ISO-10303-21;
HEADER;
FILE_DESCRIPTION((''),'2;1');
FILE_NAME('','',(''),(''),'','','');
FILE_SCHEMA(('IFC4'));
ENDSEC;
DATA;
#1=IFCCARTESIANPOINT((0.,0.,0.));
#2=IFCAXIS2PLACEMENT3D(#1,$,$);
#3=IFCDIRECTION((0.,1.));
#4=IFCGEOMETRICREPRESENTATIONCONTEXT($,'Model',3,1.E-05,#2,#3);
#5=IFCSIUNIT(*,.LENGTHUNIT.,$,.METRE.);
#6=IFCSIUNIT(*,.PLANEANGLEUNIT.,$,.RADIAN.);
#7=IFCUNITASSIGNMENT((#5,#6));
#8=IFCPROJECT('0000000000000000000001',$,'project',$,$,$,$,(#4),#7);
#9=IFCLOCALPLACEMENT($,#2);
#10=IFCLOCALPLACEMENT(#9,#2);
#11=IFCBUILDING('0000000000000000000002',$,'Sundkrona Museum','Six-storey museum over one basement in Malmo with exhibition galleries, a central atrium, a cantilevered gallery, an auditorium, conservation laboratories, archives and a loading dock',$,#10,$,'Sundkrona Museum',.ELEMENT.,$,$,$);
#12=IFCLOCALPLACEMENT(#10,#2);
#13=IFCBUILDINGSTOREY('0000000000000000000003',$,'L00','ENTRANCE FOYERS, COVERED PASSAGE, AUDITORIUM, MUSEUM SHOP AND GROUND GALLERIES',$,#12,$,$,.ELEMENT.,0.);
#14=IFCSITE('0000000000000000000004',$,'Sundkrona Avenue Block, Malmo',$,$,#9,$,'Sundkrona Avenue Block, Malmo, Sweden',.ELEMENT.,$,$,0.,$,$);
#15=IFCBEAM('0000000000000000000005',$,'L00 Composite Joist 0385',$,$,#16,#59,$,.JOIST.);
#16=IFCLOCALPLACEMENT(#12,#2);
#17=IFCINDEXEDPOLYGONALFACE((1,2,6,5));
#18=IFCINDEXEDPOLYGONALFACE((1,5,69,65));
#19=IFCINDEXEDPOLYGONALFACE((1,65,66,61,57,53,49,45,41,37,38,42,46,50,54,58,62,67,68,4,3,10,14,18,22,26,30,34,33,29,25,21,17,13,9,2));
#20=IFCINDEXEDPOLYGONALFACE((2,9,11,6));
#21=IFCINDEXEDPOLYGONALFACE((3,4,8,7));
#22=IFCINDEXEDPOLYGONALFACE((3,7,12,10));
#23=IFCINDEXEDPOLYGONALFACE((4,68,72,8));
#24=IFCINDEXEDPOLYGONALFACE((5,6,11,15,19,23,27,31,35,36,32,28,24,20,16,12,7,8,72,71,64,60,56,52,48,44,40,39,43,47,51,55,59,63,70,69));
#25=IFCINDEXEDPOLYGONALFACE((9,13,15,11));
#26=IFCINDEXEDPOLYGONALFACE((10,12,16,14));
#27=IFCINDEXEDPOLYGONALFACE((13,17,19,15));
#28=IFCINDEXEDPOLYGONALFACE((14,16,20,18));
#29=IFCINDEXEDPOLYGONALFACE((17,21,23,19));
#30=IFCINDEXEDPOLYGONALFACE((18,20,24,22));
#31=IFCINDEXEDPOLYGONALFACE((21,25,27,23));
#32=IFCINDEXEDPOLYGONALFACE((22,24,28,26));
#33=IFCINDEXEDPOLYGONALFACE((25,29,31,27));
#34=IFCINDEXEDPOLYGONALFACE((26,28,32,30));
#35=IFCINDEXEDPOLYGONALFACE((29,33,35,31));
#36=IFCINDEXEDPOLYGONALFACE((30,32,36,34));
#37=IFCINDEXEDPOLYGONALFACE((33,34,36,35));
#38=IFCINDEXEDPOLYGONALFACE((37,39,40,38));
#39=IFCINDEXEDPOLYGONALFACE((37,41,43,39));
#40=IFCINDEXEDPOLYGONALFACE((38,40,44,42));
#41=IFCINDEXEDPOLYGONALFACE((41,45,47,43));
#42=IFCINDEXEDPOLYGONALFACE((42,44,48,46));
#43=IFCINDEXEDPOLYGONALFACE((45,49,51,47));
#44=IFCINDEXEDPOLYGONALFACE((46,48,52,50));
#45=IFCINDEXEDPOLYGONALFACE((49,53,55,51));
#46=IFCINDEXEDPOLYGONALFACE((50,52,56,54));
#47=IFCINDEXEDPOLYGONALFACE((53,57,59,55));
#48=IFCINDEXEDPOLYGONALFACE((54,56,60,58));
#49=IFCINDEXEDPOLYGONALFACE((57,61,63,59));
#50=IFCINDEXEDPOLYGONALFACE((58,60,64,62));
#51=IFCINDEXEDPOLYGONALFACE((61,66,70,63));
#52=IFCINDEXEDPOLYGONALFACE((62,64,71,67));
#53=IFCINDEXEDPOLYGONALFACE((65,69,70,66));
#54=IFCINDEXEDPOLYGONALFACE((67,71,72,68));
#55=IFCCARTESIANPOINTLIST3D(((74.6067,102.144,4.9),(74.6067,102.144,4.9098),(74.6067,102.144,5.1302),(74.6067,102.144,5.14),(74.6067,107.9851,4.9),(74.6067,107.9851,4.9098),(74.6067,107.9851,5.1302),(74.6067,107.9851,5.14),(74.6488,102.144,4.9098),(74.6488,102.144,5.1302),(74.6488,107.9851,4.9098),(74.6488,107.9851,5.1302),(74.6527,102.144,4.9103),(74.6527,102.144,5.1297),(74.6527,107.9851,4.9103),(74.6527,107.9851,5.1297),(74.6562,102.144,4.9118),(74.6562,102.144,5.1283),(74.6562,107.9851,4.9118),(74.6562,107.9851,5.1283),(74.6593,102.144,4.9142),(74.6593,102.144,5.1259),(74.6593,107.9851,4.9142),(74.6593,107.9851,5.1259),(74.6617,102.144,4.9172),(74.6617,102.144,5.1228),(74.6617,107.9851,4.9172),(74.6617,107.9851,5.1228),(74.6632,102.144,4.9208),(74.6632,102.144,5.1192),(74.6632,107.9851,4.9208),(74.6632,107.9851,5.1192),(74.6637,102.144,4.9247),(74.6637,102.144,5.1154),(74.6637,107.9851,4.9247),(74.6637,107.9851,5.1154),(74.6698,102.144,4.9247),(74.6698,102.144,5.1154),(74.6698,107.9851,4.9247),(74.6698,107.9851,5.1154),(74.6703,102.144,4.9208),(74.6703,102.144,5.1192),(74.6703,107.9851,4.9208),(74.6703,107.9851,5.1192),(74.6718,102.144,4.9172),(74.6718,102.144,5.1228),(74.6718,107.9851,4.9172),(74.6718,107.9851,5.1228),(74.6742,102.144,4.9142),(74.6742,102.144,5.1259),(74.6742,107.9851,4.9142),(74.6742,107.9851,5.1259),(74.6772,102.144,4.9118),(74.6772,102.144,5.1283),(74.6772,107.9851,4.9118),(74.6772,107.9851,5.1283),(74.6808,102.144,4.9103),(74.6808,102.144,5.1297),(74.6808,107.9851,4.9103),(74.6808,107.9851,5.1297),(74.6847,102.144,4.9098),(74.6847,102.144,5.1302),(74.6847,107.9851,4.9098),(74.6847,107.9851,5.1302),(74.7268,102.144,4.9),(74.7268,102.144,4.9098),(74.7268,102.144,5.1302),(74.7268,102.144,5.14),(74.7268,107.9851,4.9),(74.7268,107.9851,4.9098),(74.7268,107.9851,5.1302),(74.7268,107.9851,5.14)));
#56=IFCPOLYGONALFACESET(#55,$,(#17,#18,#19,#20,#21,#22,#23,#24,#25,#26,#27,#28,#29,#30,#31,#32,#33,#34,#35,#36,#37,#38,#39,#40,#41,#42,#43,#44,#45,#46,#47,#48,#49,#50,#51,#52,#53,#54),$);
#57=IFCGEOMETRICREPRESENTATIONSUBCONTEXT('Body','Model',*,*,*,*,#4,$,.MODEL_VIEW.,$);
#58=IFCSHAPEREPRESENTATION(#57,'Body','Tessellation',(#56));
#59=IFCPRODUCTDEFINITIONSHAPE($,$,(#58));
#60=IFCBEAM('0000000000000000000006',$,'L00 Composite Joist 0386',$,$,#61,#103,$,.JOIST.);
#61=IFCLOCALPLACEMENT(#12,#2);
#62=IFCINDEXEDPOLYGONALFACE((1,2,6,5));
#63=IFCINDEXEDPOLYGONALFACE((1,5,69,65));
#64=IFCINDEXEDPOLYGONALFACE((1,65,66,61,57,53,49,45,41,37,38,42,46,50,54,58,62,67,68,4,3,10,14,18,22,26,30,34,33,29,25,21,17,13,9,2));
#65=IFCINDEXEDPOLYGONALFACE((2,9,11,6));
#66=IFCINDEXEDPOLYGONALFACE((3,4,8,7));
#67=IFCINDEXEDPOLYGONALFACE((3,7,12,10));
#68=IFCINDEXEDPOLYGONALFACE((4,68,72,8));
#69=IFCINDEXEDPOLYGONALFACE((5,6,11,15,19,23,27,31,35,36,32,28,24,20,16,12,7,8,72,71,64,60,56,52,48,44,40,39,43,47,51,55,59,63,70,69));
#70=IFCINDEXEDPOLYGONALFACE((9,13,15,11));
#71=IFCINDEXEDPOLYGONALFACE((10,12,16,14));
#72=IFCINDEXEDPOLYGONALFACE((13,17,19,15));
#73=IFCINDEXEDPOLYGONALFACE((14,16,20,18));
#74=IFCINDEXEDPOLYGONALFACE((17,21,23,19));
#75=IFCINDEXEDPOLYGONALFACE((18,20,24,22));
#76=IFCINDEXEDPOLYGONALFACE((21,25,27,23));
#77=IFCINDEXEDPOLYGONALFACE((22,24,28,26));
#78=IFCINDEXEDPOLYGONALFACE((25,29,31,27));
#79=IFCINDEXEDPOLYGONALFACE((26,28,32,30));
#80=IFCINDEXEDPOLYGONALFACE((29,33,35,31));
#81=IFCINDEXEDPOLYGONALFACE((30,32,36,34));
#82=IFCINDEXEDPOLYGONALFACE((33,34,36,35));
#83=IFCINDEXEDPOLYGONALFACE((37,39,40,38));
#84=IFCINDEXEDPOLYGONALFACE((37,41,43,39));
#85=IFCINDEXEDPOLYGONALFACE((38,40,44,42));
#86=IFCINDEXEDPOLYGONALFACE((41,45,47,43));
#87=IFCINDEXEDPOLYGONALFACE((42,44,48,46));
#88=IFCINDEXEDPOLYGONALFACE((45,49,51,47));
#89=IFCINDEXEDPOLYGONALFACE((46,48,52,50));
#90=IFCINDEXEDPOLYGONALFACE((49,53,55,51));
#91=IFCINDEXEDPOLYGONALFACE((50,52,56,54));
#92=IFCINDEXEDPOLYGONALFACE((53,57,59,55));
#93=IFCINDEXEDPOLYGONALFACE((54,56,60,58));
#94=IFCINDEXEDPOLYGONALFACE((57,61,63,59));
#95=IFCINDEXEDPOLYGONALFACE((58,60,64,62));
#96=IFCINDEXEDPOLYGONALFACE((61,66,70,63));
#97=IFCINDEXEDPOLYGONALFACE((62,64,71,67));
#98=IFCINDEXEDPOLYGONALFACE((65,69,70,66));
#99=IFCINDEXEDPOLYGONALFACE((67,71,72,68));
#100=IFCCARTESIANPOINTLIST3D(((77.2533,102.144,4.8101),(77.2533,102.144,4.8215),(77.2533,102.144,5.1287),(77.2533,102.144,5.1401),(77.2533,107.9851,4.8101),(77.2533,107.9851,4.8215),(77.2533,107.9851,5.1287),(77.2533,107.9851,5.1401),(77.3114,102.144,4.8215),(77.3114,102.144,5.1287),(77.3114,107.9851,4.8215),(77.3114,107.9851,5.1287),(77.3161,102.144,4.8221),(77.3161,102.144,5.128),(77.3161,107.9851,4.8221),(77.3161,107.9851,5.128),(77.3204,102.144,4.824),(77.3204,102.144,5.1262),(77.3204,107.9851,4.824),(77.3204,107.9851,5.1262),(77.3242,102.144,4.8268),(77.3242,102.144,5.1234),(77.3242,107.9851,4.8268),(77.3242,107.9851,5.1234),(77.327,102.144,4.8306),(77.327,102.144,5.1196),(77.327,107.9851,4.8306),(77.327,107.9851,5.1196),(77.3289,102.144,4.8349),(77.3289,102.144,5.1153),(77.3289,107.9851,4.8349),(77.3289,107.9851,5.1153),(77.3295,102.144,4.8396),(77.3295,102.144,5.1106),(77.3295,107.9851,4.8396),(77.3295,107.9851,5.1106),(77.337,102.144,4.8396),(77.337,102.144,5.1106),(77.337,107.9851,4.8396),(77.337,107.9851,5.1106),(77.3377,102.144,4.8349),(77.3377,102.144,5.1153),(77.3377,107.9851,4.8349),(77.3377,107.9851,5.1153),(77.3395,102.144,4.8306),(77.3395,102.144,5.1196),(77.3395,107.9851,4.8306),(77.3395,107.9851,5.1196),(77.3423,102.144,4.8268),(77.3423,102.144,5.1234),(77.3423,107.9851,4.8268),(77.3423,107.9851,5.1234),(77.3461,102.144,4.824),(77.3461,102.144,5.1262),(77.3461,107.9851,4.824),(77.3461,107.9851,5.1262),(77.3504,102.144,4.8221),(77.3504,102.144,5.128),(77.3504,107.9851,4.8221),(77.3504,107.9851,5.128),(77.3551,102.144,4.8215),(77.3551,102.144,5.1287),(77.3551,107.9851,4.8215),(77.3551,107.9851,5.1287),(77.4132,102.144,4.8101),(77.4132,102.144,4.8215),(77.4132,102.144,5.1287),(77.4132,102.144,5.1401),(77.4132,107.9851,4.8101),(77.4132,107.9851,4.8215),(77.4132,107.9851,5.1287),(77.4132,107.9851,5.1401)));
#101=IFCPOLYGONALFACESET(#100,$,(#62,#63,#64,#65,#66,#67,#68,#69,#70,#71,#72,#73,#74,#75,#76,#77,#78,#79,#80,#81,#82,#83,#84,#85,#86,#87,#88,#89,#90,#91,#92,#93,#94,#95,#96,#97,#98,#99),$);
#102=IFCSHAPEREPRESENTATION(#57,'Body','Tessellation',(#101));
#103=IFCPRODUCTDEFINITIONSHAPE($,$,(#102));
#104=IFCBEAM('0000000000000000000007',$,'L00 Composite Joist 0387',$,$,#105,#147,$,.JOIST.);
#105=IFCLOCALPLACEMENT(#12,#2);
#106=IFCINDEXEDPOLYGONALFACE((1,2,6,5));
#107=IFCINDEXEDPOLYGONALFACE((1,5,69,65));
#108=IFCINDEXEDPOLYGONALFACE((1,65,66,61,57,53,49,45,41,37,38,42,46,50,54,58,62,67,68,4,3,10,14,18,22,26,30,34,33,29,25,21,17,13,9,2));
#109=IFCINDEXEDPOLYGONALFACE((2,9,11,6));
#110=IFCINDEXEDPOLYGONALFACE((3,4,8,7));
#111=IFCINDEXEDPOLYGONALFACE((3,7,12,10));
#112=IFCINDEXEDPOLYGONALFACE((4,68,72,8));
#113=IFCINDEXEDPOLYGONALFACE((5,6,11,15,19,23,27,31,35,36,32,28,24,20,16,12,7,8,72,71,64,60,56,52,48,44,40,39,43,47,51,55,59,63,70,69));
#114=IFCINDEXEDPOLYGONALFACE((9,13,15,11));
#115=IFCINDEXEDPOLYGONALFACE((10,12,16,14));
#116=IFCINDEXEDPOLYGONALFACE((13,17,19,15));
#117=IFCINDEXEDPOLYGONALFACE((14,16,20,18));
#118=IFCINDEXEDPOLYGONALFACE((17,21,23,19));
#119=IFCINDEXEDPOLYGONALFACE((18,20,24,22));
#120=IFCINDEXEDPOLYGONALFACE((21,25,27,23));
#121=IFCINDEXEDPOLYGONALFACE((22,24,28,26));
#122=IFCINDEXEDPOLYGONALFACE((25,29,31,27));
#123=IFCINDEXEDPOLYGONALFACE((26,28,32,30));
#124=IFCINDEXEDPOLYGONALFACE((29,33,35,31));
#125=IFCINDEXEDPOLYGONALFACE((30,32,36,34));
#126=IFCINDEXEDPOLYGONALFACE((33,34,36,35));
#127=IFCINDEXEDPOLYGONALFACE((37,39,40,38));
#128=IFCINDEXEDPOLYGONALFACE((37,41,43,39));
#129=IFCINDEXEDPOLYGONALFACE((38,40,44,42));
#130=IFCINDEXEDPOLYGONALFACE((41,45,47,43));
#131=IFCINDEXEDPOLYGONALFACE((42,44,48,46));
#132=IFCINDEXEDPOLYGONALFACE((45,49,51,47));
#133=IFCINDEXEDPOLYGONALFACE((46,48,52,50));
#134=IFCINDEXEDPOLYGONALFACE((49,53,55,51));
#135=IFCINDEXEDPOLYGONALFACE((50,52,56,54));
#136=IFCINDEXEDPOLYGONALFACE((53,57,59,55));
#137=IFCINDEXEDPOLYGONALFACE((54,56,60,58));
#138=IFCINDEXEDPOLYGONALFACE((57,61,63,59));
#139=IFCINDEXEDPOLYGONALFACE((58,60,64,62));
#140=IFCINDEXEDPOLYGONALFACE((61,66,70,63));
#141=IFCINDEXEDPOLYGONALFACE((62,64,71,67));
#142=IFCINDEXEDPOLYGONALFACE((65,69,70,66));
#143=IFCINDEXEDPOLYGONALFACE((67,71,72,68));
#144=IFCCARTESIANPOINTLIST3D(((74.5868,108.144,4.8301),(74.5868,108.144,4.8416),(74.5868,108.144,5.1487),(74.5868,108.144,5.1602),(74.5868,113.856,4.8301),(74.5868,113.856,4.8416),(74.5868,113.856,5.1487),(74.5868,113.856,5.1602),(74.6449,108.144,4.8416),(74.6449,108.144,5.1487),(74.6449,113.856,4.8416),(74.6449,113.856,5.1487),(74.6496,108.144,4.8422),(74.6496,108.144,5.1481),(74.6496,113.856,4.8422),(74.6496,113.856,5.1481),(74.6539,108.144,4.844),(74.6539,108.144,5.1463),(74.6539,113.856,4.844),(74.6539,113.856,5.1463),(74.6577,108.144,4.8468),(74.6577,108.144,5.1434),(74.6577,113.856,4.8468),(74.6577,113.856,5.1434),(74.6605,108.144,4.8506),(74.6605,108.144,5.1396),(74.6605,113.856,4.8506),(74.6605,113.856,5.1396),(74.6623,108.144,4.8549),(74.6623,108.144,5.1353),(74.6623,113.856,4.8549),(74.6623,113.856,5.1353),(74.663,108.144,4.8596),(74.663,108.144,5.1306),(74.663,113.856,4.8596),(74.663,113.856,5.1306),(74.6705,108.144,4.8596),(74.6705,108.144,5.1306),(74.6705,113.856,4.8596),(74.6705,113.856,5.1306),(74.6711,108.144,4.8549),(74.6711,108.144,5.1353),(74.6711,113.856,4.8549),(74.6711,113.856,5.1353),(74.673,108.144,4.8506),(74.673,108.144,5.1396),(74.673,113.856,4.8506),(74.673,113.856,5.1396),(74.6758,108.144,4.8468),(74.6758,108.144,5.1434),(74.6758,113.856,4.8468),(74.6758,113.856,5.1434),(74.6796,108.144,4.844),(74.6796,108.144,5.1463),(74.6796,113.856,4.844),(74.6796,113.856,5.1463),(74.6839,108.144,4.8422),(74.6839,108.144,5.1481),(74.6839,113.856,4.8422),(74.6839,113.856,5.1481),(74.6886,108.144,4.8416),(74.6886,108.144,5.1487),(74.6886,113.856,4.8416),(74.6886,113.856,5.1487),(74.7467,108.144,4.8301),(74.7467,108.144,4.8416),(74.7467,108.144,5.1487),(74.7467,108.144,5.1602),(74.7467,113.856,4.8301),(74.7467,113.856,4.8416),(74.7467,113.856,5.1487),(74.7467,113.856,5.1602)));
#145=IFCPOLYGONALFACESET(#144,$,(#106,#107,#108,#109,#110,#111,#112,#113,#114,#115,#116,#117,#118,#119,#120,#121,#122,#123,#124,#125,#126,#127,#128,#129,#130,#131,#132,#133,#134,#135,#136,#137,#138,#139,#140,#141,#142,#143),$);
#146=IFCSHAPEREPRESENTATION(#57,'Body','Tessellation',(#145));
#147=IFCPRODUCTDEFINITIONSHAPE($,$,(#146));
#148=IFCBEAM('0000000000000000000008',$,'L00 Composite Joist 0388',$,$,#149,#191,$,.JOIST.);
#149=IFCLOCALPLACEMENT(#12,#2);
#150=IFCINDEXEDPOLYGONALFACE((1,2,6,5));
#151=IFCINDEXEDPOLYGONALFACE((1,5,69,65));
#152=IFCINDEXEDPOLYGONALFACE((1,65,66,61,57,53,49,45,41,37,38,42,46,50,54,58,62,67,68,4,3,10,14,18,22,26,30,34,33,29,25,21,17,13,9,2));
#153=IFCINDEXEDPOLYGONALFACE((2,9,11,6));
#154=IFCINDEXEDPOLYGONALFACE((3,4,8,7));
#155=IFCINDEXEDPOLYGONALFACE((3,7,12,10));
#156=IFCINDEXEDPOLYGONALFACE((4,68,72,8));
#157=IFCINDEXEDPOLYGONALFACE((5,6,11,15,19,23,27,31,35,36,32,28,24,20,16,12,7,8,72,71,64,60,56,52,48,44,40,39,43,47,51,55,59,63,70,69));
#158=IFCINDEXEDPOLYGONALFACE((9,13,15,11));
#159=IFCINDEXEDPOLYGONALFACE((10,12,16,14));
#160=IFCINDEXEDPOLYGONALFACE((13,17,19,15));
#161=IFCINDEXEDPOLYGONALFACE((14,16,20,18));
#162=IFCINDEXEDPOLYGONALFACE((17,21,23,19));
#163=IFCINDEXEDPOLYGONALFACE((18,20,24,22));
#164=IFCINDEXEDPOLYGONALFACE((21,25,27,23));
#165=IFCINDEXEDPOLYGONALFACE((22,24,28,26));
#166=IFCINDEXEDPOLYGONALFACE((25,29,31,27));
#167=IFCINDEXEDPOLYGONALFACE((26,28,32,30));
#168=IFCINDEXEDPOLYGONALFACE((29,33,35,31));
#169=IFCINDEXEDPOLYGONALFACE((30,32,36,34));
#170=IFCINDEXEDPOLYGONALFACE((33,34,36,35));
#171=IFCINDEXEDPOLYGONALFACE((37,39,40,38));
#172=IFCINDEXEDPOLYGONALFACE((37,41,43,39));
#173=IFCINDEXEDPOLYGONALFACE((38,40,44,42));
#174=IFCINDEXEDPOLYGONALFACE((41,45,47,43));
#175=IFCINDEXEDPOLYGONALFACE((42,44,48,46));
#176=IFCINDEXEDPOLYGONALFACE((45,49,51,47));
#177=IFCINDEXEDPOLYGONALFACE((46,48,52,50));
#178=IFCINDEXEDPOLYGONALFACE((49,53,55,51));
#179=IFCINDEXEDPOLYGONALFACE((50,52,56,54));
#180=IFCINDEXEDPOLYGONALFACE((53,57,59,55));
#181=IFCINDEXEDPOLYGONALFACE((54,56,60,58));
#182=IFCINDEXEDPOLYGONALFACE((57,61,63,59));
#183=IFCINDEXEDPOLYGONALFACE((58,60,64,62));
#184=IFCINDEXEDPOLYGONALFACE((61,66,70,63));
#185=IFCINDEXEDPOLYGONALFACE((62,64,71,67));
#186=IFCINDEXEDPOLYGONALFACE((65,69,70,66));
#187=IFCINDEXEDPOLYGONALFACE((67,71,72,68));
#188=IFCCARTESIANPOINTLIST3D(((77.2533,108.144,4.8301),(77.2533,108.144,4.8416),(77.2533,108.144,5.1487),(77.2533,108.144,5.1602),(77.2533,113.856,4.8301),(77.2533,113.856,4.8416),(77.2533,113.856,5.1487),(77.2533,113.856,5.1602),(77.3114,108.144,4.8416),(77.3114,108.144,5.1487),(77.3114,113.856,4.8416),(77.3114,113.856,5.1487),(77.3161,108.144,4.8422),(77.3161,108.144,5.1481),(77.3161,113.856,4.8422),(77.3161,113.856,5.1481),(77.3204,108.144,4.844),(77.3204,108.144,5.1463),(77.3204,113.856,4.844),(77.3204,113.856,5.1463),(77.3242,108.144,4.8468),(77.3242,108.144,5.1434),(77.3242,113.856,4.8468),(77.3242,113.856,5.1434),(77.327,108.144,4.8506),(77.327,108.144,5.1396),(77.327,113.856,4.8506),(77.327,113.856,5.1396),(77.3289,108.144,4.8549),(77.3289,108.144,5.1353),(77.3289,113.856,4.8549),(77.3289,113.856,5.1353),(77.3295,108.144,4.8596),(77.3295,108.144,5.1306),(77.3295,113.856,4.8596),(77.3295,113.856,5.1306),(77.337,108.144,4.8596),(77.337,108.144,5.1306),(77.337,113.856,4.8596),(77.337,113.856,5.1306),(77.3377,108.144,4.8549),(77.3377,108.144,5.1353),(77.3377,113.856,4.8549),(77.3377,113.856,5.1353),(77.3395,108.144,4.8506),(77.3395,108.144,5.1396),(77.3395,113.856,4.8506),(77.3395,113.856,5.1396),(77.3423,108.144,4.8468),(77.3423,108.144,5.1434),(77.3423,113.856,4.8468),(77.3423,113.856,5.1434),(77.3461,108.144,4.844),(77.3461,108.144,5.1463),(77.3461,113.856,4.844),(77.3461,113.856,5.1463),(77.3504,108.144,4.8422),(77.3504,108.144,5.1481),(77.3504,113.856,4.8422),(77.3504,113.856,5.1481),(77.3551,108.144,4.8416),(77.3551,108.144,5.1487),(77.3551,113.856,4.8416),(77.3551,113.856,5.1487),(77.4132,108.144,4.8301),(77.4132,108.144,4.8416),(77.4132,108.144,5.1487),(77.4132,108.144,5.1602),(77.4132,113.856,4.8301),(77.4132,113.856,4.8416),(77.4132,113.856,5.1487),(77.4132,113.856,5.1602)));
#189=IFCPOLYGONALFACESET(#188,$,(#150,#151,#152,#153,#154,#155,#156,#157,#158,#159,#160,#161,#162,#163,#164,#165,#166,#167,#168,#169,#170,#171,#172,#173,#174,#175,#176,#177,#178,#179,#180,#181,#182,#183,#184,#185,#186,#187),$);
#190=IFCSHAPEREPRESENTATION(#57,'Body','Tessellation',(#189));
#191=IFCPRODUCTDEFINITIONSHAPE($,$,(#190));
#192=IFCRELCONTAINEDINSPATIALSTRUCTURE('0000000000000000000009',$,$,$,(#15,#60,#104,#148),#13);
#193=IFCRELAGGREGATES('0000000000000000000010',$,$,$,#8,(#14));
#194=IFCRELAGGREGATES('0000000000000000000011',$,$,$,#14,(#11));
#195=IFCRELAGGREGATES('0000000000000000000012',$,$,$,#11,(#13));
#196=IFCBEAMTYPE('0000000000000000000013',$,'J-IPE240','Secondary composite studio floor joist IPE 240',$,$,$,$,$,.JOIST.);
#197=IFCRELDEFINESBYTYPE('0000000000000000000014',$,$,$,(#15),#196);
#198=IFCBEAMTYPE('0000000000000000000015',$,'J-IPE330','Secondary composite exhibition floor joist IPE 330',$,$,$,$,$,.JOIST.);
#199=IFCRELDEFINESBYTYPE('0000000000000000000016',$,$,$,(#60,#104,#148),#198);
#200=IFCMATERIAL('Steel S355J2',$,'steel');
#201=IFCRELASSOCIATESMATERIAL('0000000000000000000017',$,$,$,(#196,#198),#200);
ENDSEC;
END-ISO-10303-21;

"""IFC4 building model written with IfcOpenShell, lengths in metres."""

from ifc_helpers import new_model, si_unit, direction, frame, origin, origin_2d, place, context, subcontext, project, spatial, i_section, extrude, material, material_profile, profile_set, type_object, element, save


model = new_model("IFC4")

# Units and contexts
model_context = context("Model", 3, precision=1e-05, world=origin(), true_north=direction((0.0, 1.0)))
body_context = subcontext(model_context, "Body", "Model", "MODEL_VIEW")
ifc_project = project(units=[si_unit("LENGTHUNIT", "METRE"), si_unit("PLANEANGLEUNIT", "RADIAN")], contexts=[model_context])

# Site, building, storey
site_placement = place(None, origin())
site = spatial("IfcSite", under=ifc_project, at=site_placement, Name="Sundkrona Avenue Block, Malmo", LongName="Sundkrona Avenue Block, Malmo, Sweden", CompositionType="ELEMENT", RefElevation=0.0)
building_placement = place(site_placement, origin())
building = spatial("IfcBuilding", under=site, at=building_placement, Name="Sundkrona Museum", Description="Six-storey museum over one basement in Malmo with exhibition galleries, a central atrium, a cantilevered gallery, an auditorium, conservation laboratories, archives and a loading dock", LongName="Sundkrona Museum", CompositionType="ELEMENT")
storey_placement = place(building_placement, origin())
storey = spatial("IfcBuildingStorey", under=building, at=storey_placement, Name="L00", Description="ENTRANCE FOYERS, COVERED PASSAGE, AUDITORIUM, MUSEUM SHOP AND GROUND GALLERIES", CompositionType="ELEMENT", Elevation=0.0)

# Shared definitions
ifc_material_1 = material(Name="Steel S355J2", Category="steel")

# Beams
ifc_material_profile_1 = material_profile(ifc_material_1, i_section(OverallWidth=0.1201, OverallDepth=0.24, WebThickness=0.0061, FlangeThickness=0.0098, FilletRadius=0.0149, at=origin_2d()), Name="IPE 240")
ifc_profile_set_1 = profile_set([ifc_material_profile_1], Name="Steel S355J2")
beam_type_1 = type_object("IfcBeamType", Name="J-IPE240", Description="Secondary composite studio floor joist IPE 240", PredefinedType="JOIST", material=ifc_profile_set_1)
beam_1_placement = place(storey_placement, frame((74.6667, 102.144, 5.02), z_axis=(0.0, 1.0, 0.0), x_axis=(-1.0, 0.0, 0.0)))
element("IfcBeam", 1, at=beam_1_placement, inside=storey, type_object=beam_type_1, Name="L00 Composite Joist 0385", PredefinedType="JOIST", context=body_context, shape_type="SweptSolid", body=[
    extrude(i_section(OverallWidth=0.1201, OverallDepth=0.24, WebThickness=0.0061, FlangeThickness=0.0098, FilletRadius=0.0149, at=origin_2d()), origin(), (0.0, 0.0, 1.0), 5.8411),
])
ifc_material_profile_2 = material_profile(ifc_material_1, i_section(OverallWidth=0.1599, OverallDepth=0.3301, WebThickness=0.0076, FlangeThickness=0.0115, FilletRadius=0.0181, at=origin_2d()), Name="IPE 330")
ifc_profile_set_2 = profile_set([ifc_material_profile_2], Name="Steel S355J2")
beam_type_2 = type_object("IfcBeamType", Name="J-IPE330", Description="Secondary composite exhibition floor joist IPE 330", PredefinedType="JOIST", material=ifc_profile_set_2)
beam_2_placement = place(storey_placement, frame((77.3333, 102.144, 4.9751), z_axis=(0.0, 1.0, 0.0), x_axis=(-1.0, 0.0, 0.0)))
element("IfcBeam", 2, at=beam_2_placement, inside=storey, type_object=beam_type_2, Name="L00 Composite Joist 0386", PredefinedType="JOIST", context=body_context, shape_type="SweptSolid", body=[
    extrude(i_section(OverallWidth=0.1599, OverallDepth=0.3301, WebThickness=0.0076, FlangeThickness=0.0115, FilletRadius=0.0181, at=origin_2d()), origin(), (0.0, 0.0, 1.0), 5.8411),
])
for number, where, z_axis, x_axis, name in (
    (3, (74.6667, 108.144, 4.9951), (0.0, 1.0, 0.0), (-1.0, 0.0, 0.0), "L00 Composite Joist 0387"),
    (4, (77.3333, 108.144, 4.9951), (0.0, 1.0, 0.0), (-1.0, 0.0, 0.0), "L00 Composite Joist 0388"),
):
    element("IfcBeam", number, at=place(storey_placement, frame(where, z_axis=z_axis, x_axis=x_axis)), inside=storey, type_object=beam_type_2, Name=name, PredefinedType="JOIST", context=body_context, shape_type="SweptSolid", body=[
        extrude(i_section(OverallWidth=0.1599, OverallDepth=0.3301, WebThickness=0.0076, FlangeThickness=0.0115, FilletRadius=0.0181, at=origin_2d()), origin(), (0.0, 0.0, 1.0), 5.7119),
    ])

save(model, "model.ifc")
